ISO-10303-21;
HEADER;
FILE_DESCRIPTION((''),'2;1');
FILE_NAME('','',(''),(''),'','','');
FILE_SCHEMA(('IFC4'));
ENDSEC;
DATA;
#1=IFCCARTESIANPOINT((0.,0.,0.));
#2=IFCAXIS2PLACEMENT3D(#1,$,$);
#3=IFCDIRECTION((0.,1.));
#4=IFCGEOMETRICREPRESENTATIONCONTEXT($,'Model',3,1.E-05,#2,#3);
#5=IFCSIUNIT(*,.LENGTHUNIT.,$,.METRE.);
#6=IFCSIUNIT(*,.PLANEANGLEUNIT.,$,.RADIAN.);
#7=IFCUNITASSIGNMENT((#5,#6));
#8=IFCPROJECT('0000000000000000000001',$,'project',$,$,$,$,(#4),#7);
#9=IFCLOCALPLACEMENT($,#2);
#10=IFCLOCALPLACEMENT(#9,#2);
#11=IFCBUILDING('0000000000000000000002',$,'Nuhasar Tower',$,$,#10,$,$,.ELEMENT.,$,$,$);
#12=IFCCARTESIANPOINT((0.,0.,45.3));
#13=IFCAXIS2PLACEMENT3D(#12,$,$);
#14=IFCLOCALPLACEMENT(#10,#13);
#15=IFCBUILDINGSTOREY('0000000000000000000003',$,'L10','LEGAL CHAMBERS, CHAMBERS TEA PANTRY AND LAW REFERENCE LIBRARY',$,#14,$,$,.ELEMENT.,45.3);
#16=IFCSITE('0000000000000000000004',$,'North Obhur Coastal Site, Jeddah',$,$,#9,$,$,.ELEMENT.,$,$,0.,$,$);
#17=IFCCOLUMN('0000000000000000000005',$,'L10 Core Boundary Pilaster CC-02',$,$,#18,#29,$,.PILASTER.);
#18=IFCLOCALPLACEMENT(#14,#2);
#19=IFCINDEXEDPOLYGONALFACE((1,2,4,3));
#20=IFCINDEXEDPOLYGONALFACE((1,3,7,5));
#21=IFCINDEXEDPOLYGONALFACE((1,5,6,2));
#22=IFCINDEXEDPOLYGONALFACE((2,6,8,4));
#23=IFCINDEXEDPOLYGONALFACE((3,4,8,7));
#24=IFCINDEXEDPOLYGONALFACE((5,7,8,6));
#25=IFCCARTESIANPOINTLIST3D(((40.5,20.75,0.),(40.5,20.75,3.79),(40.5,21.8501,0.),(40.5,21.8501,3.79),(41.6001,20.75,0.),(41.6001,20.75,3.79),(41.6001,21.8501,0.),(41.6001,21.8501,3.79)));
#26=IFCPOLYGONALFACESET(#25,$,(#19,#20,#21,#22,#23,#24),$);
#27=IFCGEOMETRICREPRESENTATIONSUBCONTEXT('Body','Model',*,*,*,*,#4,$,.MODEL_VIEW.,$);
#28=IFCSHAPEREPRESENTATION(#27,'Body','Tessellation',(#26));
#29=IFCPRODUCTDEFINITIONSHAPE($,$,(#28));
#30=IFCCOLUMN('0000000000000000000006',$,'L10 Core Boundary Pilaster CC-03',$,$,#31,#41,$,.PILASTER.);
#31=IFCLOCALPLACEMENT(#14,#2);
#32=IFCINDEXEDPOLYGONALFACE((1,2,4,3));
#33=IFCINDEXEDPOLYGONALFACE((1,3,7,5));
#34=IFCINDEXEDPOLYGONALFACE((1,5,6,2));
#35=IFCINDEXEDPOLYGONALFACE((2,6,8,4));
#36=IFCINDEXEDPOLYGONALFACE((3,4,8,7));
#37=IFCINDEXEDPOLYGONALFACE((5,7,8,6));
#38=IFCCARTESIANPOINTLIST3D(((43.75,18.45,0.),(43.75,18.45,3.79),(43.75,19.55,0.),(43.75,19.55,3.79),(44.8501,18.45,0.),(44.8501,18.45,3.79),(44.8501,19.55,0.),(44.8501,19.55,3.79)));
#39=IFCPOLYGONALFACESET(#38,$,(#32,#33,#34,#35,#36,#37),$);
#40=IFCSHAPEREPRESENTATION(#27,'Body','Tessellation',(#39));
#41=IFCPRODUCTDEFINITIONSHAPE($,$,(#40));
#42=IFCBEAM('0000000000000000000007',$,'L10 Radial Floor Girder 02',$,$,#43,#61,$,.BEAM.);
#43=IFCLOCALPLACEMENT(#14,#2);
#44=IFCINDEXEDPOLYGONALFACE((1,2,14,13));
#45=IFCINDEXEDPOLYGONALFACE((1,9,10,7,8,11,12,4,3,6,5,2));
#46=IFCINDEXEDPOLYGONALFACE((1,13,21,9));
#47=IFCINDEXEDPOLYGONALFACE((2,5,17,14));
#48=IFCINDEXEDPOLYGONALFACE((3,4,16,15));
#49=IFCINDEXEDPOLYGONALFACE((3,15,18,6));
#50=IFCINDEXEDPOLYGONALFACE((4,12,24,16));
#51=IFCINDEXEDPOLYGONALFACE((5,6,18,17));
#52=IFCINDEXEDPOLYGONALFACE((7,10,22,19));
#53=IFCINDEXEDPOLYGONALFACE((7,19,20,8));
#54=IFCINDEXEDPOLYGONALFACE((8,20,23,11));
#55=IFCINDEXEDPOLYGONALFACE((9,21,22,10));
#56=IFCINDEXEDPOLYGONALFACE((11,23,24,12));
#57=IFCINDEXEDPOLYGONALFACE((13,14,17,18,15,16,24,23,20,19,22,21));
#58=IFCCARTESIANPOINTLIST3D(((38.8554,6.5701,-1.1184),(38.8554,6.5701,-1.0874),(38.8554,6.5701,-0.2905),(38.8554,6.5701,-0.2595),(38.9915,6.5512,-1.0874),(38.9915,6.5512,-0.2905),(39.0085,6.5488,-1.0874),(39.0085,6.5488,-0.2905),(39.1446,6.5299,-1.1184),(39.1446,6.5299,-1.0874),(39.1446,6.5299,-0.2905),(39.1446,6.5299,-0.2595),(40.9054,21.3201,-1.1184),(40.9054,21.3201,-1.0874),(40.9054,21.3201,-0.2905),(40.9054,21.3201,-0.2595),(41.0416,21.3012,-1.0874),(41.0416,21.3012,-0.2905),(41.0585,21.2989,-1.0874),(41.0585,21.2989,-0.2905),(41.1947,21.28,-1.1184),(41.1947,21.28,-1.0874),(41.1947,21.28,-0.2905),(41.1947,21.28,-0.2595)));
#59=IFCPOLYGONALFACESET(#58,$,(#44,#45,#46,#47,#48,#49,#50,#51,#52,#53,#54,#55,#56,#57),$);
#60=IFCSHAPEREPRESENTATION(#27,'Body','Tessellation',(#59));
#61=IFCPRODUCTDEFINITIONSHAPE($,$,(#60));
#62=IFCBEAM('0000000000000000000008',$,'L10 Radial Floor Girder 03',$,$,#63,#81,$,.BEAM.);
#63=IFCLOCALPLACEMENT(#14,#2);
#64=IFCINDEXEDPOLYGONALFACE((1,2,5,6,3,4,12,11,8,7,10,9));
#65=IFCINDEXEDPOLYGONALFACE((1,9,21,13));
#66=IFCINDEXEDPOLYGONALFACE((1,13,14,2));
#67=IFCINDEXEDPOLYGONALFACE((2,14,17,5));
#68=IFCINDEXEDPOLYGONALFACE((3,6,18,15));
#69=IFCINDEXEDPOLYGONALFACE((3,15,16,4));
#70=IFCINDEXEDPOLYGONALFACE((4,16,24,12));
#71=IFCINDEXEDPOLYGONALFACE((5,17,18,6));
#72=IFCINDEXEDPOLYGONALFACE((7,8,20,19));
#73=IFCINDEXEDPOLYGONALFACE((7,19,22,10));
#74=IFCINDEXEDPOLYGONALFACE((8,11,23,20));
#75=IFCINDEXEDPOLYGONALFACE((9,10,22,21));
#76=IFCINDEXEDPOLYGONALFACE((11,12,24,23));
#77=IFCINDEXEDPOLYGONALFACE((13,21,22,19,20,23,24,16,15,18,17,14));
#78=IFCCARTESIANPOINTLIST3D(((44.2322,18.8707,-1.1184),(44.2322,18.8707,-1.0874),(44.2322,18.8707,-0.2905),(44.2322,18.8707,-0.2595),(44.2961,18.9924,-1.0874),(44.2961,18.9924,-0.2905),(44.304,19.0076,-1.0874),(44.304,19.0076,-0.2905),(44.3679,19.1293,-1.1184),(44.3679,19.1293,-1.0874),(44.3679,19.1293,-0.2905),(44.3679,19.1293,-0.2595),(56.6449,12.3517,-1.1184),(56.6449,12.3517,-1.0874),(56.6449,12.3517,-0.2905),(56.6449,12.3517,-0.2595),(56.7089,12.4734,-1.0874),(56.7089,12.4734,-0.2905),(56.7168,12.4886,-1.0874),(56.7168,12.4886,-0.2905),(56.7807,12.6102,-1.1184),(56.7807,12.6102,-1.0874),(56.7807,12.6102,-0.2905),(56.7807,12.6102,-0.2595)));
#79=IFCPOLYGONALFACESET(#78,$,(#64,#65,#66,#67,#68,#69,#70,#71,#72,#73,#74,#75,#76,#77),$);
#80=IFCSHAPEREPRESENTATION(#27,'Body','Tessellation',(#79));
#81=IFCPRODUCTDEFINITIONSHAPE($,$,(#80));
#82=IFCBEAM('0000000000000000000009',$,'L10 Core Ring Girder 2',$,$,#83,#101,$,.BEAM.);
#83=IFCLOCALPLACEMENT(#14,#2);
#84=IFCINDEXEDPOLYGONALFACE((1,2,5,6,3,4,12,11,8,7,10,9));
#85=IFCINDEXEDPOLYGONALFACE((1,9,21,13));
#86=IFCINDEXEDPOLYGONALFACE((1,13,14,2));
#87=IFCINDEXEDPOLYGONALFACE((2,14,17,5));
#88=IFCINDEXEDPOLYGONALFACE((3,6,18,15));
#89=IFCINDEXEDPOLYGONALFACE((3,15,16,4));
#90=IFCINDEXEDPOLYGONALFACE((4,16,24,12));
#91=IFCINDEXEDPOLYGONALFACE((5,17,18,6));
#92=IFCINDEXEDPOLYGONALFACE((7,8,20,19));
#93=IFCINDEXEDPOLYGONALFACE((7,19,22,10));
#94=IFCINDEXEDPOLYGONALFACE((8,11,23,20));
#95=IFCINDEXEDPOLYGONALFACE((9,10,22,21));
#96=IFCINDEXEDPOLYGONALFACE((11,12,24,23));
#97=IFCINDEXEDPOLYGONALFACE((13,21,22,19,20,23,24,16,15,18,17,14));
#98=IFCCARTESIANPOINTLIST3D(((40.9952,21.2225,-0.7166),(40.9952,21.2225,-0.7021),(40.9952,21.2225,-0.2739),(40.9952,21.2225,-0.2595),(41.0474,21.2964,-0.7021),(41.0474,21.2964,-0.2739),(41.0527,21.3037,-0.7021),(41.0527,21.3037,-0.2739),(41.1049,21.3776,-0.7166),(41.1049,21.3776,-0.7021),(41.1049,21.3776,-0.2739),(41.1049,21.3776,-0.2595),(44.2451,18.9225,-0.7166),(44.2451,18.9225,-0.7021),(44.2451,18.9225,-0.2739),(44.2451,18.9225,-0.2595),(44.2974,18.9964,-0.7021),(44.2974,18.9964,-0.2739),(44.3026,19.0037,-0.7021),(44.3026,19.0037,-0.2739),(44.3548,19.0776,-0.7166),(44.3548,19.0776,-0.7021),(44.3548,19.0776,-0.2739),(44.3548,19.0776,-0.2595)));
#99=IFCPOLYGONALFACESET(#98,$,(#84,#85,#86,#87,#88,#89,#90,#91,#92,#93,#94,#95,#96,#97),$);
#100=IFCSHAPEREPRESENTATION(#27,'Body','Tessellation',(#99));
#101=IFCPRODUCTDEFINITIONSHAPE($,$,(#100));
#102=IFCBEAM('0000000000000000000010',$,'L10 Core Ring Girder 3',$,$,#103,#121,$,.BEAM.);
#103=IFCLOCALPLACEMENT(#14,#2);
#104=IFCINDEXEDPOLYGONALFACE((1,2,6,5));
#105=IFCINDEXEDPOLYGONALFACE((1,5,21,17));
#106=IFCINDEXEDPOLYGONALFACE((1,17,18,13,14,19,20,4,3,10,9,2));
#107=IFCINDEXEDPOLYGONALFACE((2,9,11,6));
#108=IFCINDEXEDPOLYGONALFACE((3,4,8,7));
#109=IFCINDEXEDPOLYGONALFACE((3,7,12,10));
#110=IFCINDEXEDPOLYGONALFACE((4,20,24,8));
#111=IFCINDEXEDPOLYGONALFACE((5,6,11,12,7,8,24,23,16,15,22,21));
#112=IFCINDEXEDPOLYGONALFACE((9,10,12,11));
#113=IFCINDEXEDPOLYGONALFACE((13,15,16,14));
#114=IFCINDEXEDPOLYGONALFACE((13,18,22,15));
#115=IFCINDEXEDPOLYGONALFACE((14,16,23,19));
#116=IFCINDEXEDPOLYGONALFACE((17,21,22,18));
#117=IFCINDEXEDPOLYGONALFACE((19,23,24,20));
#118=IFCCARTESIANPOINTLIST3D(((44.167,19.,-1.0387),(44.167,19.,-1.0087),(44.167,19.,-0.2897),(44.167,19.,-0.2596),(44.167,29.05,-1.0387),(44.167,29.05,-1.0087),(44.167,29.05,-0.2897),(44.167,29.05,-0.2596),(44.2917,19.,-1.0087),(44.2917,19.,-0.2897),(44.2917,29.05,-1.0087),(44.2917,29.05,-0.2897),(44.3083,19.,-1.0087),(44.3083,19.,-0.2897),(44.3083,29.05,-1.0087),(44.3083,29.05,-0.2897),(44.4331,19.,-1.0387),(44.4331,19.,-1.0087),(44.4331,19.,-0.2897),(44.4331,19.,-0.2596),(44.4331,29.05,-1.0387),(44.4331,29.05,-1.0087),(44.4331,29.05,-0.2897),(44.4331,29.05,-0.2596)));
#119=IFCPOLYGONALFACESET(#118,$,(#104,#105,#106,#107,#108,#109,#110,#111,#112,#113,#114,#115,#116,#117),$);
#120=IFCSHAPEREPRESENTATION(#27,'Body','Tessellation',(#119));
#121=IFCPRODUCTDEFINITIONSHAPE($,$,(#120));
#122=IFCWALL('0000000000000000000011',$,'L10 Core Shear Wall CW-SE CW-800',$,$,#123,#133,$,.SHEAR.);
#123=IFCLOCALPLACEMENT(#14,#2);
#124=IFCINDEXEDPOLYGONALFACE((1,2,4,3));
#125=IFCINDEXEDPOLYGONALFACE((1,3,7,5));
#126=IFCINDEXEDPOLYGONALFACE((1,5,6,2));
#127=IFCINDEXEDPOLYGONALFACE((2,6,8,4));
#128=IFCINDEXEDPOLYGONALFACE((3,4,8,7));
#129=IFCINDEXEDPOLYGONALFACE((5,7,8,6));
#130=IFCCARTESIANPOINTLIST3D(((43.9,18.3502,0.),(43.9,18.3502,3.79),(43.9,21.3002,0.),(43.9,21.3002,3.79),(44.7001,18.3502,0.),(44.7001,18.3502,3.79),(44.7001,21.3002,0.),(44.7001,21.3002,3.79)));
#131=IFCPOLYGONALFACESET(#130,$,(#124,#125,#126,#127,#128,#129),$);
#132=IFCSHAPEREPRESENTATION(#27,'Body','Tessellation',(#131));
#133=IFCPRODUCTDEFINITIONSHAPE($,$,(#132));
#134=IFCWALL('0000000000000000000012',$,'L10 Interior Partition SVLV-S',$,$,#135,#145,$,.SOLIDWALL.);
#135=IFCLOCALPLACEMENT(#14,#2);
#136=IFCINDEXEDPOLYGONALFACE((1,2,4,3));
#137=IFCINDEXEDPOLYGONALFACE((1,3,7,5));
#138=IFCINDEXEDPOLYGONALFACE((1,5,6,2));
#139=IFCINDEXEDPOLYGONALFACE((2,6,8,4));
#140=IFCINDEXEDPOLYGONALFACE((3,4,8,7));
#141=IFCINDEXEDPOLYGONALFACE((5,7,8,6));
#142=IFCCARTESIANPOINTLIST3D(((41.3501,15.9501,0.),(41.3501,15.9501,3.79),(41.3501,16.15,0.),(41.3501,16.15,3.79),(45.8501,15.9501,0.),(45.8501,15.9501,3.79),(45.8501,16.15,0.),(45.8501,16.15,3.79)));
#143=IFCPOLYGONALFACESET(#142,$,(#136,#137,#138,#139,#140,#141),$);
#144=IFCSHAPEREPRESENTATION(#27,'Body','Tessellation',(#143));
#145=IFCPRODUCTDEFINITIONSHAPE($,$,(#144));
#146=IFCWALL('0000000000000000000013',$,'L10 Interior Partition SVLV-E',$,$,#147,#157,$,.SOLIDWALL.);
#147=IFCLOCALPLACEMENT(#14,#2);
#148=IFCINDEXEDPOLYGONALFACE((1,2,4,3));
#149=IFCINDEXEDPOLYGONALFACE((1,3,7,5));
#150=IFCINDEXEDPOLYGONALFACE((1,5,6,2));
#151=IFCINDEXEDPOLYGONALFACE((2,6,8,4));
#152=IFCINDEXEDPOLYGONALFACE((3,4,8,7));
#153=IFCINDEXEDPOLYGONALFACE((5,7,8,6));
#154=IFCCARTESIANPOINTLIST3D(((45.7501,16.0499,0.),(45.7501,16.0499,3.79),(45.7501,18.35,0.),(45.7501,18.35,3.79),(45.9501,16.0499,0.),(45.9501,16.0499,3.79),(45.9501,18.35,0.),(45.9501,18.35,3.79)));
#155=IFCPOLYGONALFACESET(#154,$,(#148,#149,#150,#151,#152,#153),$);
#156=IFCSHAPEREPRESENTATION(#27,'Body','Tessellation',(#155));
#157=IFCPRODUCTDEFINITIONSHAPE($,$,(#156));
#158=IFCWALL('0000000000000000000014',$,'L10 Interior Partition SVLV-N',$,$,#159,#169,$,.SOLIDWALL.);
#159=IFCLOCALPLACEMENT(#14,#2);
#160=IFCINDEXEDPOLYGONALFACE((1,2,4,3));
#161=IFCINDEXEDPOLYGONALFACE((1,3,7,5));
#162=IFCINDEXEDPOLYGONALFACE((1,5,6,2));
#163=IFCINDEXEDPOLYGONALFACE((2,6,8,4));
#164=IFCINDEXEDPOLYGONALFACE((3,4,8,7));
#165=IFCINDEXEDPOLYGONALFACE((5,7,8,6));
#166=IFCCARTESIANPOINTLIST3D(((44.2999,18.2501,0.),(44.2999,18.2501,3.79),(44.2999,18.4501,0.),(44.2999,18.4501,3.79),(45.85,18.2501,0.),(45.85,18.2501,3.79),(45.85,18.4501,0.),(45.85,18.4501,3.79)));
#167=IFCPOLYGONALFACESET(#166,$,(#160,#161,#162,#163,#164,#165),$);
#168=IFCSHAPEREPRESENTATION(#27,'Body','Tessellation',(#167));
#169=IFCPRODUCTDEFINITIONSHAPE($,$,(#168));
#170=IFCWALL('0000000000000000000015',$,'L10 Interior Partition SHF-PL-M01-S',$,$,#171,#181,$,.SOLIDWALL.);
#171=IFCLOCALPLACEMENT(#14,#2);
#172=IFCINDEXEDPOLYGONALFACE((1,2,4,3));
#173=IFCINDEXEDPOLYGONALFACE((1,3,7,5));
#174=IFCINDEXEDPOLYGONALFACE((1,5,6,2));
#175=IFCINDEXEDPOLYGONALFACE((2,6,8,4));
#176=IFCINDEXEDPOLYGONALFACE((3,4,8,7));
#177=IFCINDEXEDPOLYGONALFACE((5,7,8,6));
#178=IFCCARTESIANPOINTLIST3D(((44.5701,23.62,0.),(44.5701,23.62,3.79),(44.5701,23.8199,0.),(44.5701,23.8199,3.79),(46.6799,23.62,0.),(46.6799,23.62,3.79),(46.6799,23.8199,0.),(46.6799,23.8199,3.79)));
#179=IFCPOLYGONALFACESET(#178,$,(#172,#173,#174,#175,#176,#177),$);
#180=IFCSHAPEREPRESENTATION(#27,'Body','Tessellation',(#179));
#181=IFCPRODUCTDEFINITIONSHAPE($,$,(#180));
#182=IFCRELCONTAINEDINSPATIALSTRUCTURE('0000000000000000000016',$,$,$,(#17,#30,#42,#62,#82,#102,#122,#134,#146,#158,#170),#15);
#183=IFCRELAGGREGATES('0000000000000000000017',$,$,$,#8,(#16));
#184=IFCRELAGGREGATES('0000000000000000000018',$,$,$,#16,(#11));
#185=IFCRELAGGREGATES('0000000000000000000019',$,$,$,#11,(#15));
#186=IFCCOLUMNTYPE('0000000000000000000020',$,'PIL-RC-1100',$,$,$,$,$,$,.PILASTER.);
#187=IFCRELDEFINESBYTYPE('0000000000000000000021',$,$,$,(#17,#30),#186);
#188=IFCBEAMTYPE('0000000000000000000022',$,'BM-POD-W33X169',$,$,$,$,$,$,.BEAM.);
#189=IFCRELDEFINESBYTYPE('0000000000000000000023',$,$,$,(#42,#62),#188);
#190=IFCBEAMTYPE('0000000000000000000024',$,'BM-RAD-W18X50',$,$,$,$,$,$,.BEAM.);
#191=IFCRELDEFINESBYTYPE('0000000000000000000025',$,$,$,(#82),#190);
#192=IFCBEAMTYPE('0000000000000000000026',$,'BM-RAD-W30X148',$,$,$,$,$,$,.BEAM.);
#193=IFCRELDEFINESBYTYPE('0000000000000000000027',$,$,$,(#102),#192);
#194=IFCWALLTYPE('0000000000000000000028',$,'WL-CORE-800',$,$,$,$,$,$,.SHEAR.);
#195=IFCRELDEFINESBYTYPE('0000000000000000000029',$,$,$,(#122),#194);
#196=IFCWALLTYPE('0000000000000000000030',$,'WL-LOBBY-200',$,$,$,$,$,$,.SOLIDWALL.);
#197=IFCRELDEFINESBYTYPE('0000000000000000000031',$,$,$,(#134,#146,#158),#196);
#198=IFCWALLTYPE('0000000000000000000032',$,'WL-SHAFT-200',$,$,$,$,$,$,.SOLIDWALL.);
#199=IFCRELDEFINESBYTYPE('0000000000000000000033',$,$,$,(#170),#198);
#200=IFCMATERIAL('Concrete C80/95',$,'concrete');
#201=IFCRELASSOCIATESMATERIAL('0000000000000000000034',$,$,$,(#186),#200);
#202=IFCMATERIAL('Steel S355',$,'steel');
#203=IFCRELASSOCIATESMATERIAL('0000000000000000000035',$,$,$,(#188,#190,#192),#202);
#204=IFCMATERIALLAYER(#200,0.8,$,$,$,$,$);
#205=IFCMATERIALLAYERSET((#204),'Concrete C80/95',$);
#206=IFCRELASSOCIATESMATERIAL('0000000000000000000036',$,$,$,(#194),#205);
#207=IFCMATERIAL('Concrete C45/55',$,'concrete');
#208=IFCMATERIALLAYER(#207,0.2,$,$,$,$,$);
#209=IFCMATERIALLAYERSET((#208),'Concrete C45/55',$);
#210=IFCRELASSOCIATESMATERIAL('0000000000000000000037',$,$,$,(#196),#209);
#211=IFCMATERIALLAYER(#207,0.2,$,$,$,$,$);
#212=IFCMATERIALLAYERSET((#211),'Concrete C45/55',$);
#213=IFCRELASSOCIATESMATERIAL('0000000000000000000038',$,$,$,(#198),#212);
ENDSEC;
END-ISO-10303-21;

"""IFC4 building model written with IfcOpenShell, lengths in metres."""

from ifc_helpers import new_model, si_unit, direction, frame, frame_2d, origin, origin_2d, place, context, subcontext, project, spatial, rectangle, i_section, extrude, material, layer, layer_set, material_profile, profile_set, type_object, element, save


model = new_model("IFC4")

# Units and contexts
model_context = context("Model", 3, precision=1e-05, world=origin(), true_north=direction((0.0, 1.0)))
body_context = subcontext(model_context, "Body", "Model", "MODEL_VIEW")
ifc_project = project(units=[si_unit("LENGTHUNIT", "METRE"), si_unit("PLANEANGLEUNIT", "RADIAN")], contexts=[model_context])

# Site, building, storey
site_placement = place(None, origin())
site = spatial("IfcSite", under=ifc_project, at=site_placement, Name="North Obhur Coastal Site, Jeddah", CompositionType="ELEMENT", RefElevation=0.0)
building_placement = place(site_placement, origin())
building = spatial("IfcBuilding", under=site, at=building_placement, Name="Nuhasar Tower", CompositionType="ELEMENT")
storey_placement = place(building_placement, frame((0.0, 0.0, 45.3)))
storey = spatial("IfcBuildingStorey", under=building, at=storey_placement, Name="L10", Description="LEGAL CHAMBERS, CHAMBERS TEA PANTRY AND LAW REFERENCE LIBRARY", CompositionType="ELEMENT", Elevation=45.3)

# Columns
ifc_material_1 = material(Name="Concrete C80/95", Category="concrete")
ifc_material_profile_1 = material_profile(ifc_material_1, rectangle(XDim=1.1001, YDim=1.1001, at=origin_2d()), Name="RC1100X1100")
ifc_profile_set_1 = profile_set([ifc_material_profile_1], Name="Concrete C80/95")
column_type = type_object("IfcColumnType", Name="PIL-RC-1100", PredefinedType="PILASTER", material=ifc_profile_set_1)
for number, where, z_axis, x_axis, name in (
    (1, (41.05, 21.3, 0.0), (0.0, 0.0, 1.0), (1.0, 0.0, 0.0), "L10 Core Boundary Pilaster CC-02"),
    (2, (44.3, 19.0, 0.0), (0.0, 0.0, 1.0), (1.0, 0.0, 0.0), "L10 Core Boundary Pilaster CC-03"),
):
    element("IfcColumn", number, at=place(storey_placement, frame(where, z_axis=z_axis, x_axis=x_axis)), inside=storey, type_object=column_type, Name=name, PredefinedType="PILASTER", context=body_context, shape_type="SweptSolid", body=[
        extrude(rectangle(XDim=1.1001, YDim=1.1001, at=origin_2d()), origin(), (0.0, 0.0, 1.0), 3.79),
    ])

# Beams
ifc_material_2 = material(Name="Steel S355", Category="steel")
ifc_material_profile_2 = material_profile(ifc_material_2, i_section(OverallWidth=0.292, OverallDepth=0.8589, WebThickness=0.0171, FlangeThickness=0.031, at=origin_2d()), Name="W33X169")
ifc_profile_set_2 = profile_set([ifc_material_profile_2], Name="Steel S355")
beam_type_1 = type_object("IfcBeamType", Name="BM-POD-W33X169", PredefinedType="BEAM", material=ifc_profile_set_2)
beam_1_placement = place(storey_placement, frame((41.05, 21.3, -0.689), z_axis=(-0.137663, -0.990479, 0.0), x_axis=(0.990479, -0.137663, 0.0)))
element("IfcBeam", 3, at=beam_1_placement, inside=storey, type_object=beam_type_1, Name="L10 Radial Floor Girder 02", PredefinedType="BEAM", context=body_context, shape_type="SweptSolid", body=[
    extrude(i_section(OverallWidth=0.292, OverallDepth=0.8589, WebThickness=0.0171, FlangeThickness=0.031, at=origin_2d()), origin(), (0.0, 0.0, 1.0), 14.8918),
])
beam_2_placement = place(storey_placement, frame((44.3, 19.0, -0.689), z_axis=(0.88533, -0.464963, 0.0), x_axis=(0.464963, 0.88533, 0.0)))
element("IfcBeam", 4, at=beam_2_placement, inside=storey, type_object=beam_type_1, Name="L10 Radial Floor Girder 03", PredefinedType="BEAM", context=body_context, shape_type="SweptSolid", body=[
    extrude(i_section(OverallWidth=0.292, OverallDepth=0.8589, WebThickness=0.0171, FlangeThickness=0.031, at=origin_2d()), origin(), (0.0, 0.0, 1.0), 14.0205),
])
ifc_material_profile_3 = material_profile(ifc_material_2, i_section(OverallWidth=0.1899, OverallDepth=0.457, WebThickness=0.009, FlangeThickness=0.0144, at=origin_2d()), Name="W18X50")
ifc_profile_set_3 = profile_set([ifc_material_profile_3], Name="Steel S355")
beam_type_2 = type_object("IfcBeamType", Name="BM-RAD-W18X50", PredefinedType="BEAM", material=ifc_profile_set_3)
beam_3_placement = place(storey_placement, frame((41.05, 21.3, -0.488), z_axis=(0.816265, -0.577677, 0.0), x_axis=(0.577677, 0.816265, 0.0)))
element("IfcBeam", 5, at=beam_3_placement, inside=storey, type_object=beam_type_2, Name="L10 Core Ring Girder 2", PredefinedType="BEAM", context=body_context, shape_type="SweptSolid", body=[
    extrude(i_section(OverallWidth=0.1899, OverallDepth=0.457, WebThickness=0.009, FlangeThickness=0.0144, at=origin_2d()), origin(), (0.0, 0.0, 1.0), 3.9814),
])
ifc_material_profile_4 = material_profile(ifc_material_2, i_section(OverallWidth=0.2661, OverallDepth=0.7791, WebThickness=0.0166, FlangeThickness=0.03, at=origin_2d()), Name="W30X148")
ifc_profile_set_4 = profile_set([ifc_material_profile_4], Name="Steel S355")
beam_type_3 = type_object("IfcBeamType", Name="BM-RAD-W30X148", PredefinedType="BEAM", material=ifc_profile_set_4)
beam_4_placement = place(storey_placement, frame((44.3, 19.0, -0.6492), z_axis=(0.0, 1.0, 0.0), x_axis=(-1.0, 0.0, 0.0)))
element("IfcBeam", 6, at=beam_4_placement, inside=storey, type_object=beam_type_3, Name="L10 Core Ring Girder 3", PredefinedType="BEAM", context=body_context, shape_type="SweptSolid", body=[
    extrude(i_section(OverallWidth=0.2661, OverallDepth=0.7791, WebThickness=0.0166, FlangeThickness=0.03, at=origin_2d()), origin(), (0.0, 0.0, 1.0), 10.05),
])

# Wall
ifc_layer_1 = layer(ifc_material_1, 0.8)
ifc_layer_set_1 = layer_set([ifc_layer_1], Name="Concrete C80/95")
wall_type_1 = type_object("IfcWallType", Name="WL-CORE-800", PredefinedType="SHEAR", material=ifc_layer_set_1)
wall_1_placement = place(storey_placement, frame((44.3, 18.3501, 0.0), z_axis=(0.0, 0.0, 1.0), x_axis=(0.0, 1.0, 0.0)))
element("IfcWall", 7, at=wall_1_placement, inside=storey, type_object=wall_type_1, Name="L10 Core Shear Wall CW-SE CW-800", PredefinedType="SHEAR", context=body_context, shape_type="SweptSolid", body=[
    extrude(rectangle(XDim=2.95, YDim=0.8, at=frame_2d((1.4751, 0.0))), origin(), (0.0, 0.0, 1.0), 3.79),
])

# Shared definitions
ifc_material_3 = material(Name="Concrete C45/55", Category="concrete")
ifc_layer_2 = layer(ifc_material_3, 0.2)
ifc_layer_set_2 = layer_set([ifc_layer_2], Name="Concrete C45/55")
wall_type_2 = type_object("IfcWallType", Name="WL-LOBBY-200", PredefinedType="SOLIDWALL", material=ifc_layer_set_2)

# Walls
wall_2_placement = place(storey_placement, frame((41.3501, 16.05, 0.0), z_axis=(0.0, 0.0, 1.0), x_axis=(1.0, 0.0, 0.0)))
element("IfcWall", 8, at=wall_2_placement, inside=storey, type_object=wall_type_2, Name="L10 Interior Partition SVLV-S", PredefinedType="SOLIDWALL", context=body_context, shape_type="SweptSolid", body=[
    extrude(rectangle(XDim=4.5, YDim=0.2, at=frame_2d((2.25, 0.0))), origin(), (0.0, 0.0, 1.0), 3.79),
])
wall_3_placement = place(storey_placement, frame((45.8501, 16.05, 0.0), z_axis=(0.0, 0.0, 1.0), x_axis=(0.0, 1.0, 0.0)))
element("IfcWall", 9, at=wall_3_placement, inside=storey, type_object=wall_type_2, Name="L10 Interior Partition SVLV-E", PredefinedType="SOLIDWALL", context=body_context, shape_type="SweptSolid", body=[
    extrude(rectangle(XDim=2.3, YDim=0.2, at=frame_2d((1.1499, 0.0))), origin(), (0.0, 0.0, 1.0), 3.79),
])
wall_4_placement = place(storey_placement, frame((44.3, 18.3501, 0.0), z_axis=(0.0, 0.0, 1.0), x_axis=(1.0, 0.0, 0.0)))
element("IfcWall", 10, at=wall_4_placement, inside=storey, type_object=wall_type_2, Name="L10 Interior Partition SVLV-N", PredefinedType="SOLIDWALL", context=body_context, shape_type="SweptSolid", body=[
    extrude(rectangle(XDim=1.55, YDim=0.2, at=frame_2d((0.7749, 0.0))), origin(), (0.0, 0.0, 1.0), 3.79),
])
ifc_layer_3 = layer(ifc_material_3, 0.2)
ifc_layer_set_3 = layer_set([ifc_layer_3], Name="Concrete C45/55")
wall_type_3 = type_object("IfcWallType", Name="WL-SHAFT-200", PredefinedType="SOLIDWALL", material=ifc_layer_set_3)
for number, where, z_axis, x_axis, name in (
    (11, (44.5701, 23.72, 0.0), (0.0, 0.0, 1.0), (1.0, 0.0, 0.0), "L10 Interior Partition SHF-PL-M01-S"),
):
    element("IfcWall", number, at=place(storey_placement, frame(where, z_axis=z_axis, x_axis=x_axis)), inside=storey, type_object=wall_type_3, Name=name, PredefinedType="SOLIDWALL", context=body_context, shape_type="SweptSolid", body=[
        extrude(rectangle(XDim=2.1099, YDim=0.2, at=frame_2d((1.0549, 0.0))), origin(), (0.0, 0.0, 1.0), 3.79),
    ])

save(model, "model.ifc")
